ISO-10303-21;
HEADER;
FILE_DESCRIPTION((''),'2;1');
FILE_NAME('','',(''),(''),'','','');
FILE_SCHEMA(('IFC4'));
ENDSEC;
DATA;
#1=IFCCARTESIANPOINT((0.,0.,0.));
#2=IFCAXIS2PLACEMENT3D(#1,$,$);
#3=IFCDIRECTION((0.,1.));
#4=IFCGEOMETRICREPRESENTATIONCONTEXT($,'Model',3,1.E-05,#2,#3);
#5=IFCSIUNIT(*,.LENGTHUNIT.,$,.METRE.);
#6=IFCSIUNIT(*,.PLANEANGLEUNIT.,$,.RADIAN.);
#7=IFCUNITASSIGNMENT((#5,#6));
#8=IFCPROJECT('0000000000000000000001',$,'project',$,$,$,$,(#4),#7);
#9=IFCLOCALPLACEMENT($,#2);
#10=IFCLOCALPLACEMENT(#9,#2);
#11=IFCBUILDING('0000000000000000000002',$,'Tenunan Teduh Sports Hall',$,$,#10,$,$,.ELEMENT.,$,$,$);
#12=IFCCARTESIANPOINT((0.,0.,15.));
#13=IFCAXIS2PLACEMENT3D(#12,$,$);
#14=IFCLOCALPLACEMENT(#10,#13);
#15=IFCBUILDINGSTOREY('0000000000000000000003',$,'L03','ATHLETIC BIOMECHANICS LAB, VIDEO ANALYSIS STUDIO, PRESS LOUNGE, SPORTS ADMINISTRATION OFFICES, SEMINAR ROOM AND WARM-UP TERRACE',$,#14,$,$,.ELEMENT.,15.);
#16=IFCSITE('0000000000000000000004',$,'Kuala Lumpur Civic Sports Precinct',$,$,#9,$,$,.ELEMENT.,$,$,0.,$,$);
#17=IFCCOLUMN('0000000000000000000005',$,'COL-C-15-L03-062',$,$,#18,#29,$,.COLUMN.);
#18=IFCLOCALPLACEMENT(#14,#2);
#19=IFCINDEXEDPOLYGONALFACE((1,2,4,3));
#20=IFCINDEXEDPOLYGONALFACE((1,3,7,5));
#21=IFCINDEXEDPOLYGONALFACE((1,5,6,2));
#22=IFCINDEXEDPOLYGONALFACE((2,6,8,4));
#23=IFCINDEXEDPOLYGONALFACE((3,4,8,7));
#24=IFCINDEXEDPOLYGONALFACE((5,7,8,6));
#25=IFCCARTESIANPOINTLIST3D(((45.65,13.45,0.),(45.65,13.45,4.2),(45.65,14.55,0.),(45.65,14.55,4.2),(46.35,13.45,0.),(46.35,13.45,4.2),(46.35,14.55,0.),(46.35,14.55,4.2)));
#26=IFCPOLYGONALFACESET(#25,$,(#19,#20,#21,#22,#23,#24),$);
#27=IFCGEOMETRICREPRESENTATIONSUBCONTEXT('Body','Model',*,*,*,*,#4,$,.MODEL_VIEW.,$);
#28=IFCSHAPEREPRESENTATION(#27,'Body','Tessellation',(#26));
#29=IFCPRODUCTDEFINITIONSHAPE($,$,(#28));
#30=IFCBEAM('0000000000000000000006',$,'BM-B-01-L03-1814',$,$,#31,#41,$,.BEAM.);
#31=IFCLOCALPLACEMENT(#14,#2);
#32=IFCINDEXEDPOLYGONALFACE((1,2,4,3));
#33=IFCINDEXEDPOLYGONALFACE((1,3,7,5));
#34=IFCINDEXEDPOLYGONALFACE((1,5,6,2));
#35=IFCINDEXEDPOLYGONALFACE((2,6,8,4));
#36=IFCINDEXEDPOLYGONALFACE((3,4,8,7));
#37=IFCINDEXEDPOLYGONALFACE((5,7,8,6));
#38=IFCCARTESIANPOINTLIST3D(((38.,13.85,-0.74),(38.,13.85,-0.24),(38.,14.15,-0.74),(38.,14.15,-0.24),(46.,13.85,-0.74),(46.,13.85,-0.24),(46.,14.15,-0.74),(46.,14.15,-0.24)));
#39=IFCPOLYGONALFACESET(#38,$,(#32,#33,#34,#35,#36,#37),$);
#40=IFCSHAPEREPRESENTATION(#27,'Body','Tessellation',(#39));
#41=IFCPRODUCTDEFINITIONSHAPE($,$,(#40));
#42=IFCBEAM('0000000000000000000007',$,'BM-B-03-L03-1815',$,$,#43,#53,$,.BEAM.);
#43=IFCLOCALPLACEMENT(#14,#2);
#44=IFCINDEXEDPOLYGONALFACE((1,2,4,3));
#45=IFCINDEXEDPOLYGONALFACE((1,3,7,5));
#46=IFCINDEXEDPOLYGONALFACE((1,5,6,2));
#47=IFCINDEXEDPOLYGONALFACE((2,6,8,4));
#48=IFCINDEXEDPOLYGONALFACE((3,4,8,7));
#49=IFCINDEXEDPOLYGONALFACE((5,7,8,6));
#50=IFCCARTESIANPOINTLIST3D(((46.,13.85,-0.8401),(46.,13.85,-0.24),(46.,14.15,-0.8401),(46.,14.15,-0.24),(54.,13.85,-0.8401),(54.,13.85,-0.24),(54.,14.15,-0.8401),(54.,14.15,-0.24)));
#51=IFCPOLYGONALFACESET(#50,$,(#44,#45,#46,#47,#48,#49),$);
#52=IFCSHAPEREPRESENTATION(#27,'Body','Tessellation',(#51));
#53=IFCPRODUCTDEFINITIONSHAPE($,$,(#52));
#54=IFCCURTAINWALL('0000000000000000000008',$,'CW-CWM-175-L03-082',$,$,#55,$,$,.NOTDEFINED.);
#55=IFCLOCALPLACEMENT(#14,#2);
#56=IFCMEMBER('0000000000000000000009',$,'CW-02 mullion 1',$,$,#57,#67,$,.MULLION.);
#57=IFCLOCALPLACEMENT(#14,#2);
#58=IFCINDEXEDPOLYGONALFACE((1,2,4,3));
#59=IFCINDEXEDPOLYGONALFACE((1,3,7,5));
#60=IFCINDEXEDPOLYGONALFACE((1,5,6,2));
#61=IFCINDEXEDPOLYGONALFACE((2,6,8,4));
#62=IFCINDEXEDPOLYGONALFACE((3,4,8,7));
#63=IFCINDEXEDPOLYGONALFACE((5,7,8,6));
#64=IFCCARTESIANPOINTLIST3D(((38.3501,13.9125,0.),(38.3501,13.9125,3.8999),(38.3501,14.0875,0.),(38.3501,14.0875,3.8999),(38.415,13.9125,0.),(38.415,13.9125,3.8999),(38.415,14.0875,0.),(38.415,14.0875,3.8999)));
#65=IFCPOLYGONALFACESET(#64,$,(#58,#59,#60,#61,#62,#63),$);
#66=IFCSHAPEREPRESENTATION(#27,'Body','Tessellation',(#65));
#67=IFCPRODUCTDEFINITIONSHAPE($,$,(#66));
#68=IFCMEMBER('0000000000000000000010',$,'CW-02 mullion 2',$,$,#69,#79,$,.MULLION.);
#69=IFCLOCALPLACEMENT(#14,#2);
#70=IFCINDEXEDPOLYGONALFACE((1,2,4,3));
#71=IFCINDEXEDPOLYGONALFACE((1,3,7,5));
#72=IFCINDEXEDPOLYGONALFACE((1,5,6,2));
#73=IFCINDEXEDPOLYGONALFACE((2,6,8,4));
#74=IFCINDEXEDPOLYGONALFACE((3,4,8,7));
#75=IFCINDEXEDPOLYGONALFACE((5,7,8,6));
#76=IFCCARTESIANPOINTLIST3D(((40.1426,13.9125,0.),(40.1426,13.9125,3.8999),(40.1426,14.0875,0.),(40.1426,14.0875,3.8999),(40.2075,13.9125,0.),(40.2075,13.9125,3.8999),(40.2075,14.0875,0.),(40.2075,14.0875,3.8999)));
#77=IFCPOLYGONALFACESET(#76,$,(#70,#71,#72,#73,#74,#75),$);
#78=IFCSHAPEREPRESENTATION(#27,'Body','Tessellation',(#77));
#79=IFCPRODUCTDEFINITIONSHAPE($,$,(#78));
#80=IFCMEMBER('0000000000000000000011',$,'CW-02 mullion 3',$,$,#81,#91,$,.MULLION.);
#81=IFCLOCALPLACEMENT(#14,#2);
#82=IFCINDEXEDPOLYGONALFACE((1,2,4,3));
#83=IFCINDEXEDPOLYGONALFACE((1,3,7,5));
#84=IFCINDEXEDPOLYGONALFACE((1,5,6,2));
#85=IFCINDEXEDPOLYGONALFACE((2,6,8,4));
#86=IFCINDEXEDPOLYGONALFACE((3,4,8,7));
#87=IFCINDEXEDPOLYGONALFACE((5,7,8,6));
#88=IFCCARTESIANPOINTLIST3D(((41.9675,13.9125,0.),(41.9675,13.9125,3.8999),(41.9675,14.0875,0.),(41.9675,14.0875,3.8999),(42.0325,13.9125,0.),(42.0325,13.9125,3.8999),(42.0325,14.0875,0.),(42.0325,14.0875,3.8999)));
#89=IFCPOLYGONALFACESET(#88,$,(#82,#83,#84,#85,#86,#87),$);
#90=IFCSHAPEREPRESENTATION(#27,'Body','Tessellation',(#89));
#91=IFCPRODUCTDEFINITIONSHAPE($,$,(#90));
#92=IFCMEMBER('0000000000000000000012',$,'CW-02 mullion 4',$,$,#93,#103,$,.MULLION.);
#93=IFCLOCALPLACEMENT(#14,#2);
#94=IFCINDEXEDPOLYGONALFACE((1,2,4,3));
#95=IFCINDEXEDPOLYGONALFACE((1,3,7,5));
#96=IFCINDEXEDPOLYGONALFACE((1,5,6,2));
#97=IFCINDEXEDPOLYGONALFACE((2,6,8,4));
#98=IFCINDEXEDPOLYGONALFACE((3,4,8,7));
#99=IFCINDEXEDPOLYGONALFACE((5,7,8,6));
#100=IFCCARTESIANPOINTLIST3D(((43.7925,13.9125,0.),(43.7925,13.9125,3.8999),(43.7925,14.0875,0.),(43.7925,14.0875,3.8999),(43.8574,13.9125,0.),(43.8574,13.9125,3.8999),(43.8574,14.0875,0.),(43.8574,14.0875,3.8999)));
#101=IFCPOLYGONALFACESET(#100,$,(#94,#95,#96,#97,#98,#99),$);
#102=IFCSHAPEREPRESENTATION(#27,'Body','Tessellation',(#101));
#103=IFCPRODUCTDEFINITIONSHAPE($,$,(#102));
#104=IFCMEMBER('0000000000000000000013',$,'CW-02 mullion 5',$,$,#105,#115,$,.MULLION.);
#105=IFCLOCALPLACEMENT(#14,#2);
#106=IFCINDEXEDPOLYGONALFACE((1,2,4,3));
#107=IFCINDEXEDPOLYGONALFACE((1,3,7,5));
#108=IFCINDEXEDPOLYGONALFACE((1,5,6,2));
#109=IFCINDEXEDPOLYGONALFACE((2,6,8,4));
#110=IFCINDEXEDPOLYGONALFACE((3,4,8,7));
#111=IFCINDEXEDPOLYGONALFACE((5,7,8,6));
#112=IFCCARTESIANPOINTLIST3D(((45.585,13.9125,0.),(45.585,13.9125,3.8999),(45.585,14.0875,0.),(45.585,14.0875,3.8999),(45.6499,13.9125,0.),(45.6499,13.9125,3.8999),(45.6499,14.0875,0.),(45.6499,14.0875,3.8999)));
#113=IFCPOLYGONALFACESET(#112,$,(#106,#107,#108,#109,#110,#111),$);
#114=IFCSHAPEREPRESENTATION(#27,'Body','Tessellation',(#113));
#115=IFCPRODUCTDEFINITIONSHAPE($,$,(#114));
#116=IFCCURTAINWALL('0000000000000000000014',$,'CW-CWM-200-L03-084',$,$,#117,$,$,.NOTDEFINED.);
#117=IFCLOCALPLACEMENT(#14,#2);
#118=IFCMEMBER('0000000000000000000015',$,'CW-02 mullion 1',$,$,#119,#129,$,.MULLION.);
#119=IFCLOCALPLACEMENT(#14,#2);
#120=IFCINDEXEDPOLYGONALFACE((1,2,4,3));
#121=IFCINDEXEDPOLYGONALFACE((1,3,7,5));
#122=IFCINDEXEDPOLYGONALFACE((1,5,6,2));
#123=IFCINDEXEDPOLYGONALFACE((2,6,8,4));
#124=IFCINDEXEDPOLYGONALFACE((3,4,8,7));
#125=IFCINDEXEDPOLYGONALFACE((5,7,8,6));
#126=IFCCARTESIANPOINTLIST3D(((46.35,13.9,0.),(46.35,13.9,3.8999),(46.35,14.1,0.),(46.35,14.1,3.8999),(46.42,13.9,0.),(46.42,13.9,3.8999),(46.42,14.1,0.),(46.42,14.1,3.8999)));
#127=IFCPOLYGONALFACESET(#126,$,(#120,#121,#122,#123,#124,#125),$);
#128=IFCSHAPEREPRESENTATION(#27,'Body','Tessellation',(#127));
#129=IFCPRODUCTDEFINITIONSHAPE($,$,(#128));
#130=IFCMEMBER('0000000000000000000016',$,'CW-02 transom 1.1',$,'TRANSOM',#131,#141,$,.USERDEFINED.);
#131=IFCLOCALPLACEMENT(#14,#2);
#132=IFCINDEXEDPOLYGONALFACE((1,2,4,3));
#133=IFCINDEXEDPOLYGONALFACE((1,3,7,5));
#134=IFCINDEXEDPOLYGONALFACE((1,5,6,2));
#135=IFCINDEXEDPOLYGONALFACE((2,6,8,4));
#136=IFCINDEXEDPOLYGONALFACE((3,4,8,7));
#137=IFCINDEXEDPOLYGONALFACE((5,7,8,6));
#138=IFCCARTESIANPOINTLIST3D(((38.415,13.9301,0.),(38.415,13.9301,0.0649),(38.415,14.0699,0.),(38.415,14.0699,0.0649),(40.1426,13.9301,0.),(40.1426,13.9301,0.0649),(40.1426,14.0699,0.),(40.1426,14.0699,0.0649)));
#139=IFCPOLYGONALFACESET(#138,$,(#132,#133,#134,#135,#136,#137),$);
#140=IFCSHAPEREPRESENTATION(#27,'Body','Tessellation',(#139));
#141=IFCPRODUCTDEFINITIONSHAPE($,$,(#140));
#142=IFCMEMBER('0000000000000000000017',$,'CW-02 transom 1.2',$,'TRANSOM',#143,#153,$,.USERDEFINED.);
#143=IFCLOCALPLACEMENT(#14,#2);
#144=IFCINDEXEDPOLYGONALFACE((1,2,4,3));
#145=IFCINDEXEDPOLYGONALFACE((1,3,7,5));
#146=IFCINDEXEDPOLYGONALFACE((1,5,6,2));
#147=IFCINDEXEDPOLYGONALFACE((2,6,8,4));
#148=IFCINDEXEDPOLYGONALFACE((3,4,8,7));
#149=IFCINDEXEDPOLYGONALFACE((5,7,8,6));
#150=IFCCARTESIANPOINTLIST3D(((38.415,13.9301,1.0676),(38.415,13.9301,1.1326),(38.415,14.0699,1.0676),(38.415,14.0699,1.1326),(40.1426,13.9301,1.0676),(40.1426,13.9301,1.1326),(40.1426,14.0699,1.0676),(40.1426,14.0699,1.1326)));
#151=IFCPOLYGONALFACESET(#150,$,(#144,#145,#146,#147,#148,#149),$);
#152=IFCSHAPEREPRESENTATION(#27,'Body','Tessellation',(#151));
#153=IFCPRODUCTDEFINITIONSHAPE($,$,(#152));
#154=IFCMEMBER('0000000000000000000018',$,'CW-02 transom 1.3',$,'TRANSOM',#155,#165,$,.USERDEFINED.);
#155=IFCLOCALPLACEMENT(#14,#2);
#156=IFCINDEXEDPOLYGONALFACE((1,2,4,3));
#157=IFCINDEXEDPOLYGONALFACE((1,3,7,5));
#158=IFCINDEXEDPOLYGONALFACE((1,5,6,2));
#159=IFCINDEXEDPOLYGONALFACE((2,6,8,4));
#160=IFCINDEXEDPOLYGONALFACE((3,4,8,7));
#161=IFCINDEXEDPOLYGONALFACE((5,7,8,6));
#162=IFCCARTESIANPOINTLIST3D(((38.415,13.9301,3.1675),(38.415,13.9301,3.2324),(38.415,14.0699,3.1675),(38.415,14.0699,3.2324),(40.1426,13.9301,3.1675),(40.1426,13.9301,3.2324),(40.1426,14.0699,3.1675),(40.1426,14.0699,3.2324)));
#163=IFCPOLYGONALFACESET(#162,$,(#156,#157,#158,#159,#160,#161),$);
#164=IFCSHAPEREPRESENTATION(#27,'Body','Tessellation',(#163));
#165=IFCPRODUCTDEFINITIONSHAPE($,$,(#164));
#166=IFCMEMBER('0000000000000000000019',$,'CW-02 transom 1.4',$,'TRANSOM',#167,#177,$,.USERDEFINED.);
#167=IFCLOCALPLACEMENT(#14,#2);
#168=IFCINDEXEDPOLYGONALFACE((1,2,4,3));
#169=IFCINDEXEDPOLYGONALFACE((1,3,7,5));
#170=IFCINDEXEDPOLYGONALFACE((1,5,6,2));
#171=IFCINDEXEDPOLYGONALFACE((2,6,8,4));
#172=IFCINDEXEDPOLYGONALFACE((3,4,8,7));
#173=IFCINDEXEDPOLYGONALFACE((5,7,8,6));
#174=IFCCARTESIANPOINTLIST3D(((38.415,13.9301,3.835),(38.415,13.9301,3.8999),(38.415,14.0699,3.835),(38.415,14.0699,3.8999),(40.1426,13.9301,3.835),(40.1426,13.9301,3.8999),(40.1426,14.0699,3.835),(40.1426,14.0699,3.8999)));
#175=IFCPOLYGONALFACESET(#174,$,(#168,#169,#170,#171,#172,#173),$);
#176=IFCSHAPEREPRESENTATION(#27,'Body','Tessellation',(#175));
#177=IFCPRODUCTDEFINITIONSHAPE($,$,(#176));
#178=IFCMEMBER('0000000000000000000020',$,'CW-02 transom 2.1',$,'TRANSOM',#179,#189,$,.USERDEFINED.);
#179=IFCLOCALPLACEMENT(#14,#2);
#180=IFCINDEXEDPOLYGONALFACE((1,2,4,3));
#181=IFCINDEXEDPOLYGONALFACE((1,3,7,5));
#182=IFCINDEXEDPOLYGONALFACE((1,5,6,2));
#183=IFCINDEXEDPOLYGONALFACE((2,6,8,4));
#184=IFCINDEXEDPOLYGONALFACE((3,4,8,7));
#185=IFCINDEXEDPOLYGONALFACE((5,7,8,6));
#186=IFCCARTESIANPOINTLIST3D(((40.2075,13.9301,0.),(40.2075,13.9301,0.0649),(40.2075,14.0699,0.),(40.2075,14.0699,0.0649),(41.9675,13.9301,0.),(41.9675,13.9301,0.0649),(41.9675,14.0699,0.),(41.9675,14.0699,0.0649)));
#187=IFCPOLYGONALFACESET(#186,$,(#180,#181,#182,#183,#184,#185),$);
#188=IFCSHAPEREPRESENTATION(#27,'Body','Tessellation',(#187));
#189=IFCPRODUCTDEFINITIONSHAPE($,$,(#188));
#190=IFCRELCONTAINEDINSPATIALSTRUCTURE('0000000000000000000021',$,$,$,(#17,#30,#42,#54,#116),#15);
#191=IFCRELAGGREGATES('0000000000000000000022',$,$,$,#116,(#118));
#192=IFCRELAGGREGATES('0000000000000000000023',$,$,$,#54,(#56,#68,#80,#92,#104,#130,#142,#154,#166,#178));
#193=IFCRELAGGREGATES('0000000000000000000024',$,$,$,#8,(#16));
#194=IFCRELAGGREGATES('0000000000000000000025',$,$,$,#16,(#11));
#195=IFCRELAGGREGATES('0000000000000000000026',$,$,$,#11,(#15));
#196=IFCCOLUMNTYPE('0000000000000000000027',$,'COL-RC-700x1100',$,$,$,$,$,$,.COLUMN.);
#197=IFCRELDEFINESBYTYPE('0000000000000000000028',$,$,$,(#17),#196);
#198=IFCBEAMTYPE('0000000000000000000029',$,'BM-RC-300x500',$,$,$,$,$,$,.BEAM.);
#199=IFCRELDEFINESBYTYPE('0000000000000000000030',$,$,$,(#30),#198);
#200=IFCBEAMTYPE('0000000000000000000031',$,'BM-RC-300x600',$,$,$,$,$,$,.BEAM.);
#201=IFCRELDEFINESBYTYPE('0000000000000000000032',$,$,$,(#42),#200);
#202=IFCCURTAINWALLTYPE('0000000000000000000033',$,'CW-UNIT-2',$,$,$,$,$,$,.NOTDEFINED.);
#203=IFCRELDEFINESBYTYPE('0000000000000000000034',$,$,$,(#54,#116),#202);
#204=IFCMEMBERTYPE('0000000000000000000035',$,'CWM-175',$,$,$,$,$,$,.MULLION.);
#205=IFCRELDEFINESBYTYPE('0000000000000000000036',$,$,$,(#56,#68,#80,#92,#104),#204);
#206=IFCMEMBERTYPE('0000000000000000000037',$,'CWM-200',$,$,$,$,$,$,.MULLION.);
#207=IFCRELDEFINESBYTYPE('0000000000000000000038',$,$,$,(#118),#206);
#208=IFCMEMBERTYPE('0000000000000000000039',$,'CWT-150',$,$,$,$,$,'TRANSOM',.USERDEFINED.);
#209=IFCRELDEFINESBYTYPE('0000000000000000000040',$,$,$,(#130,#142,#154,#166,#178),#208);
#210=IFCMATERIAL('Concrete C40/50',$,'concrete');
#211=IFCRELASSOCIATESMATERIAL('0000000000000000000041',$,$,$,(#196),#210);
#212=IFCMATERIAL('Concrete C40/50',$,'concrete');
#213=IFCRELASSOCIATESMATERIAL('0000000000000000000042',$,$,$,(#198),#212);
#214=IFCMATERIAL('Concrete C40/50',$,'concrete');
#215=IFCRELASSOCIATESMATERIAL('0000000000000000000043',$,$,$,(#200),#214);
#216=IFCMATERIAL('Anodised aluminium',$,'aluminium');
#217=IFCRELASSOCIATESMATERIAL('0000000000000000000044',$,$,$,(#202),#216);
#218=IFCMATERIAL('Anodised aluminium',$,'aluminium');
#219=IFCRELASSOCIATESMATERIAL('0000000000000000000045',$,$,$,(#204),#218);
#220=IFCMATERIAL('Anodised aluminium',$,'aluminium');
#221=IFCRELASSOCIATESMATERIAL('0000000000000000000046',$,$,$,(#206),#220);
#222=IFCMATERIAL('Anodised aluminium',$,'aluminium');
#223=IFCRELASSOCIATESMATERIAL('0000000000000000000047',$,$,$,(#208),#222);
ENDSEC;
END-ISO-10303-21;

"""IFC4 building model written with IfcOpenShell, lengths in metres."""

from ifc_helpers import new_model, si_unit, direction, frame, origin, origin_2d, place, context, subcontext, project, spatial, rectangle, extrude, material, material_profile, profile_set, type_object, element, aggregate, save


model = new_model("IFC4")

# Units and contexts
model_context = context("Model", 3, precision=1e-05, world=origin(), true_north=direction((0.0, 1.0)))
body_context = subcontext(model_context, "Body", "Model", "MODEL_VIEW")
ifc_project = project(units=[si_unit("LENGTHUNIT", "METRE"), si_unit("PLANEANGLEUNIT", "RADIAN")], contexts=[model_context])

# Site, building, storey
site_placement = place(None, origin())
site = spatial("IfcSite", under=ifc_project, at=site_placement, Name="Kuala Lumpur Civic Sports Precinct", CompositionType="ELEMENT", RefElevation=0.0)
building_placement = place(site_placement, origin())
building = spatial("IfcBuilding", under=site, at=building_placement, Name="Tenunan Teduh Sports Hall", CompositionType="ELEMENT")
storey_placement = place(building_placement, frame((0.0, 0.0, 15.0)))
storey = spatial("IfcBuildingStorey", under=building, at=storey_placement, Name="L03", Description="ATHLETIC BIOMECHANICS LAB, VIDEO ANALYSIS STUDIO, PRESS LOUNGE, SPORTS ADMINISTRATION OFFICES, SEMINAR ROOM AND WARM-UP TERRACE", CompositionType="ELEMENT", Elevation=15.0)

# Column
ifc_material_1 = material(Name="Concrete C40/50", Category="concrete")
ifc_material_profile_1 = material_profile(ifc_material_1, rectangle(XDim=0.7, YDim=1.1001, at=origin_2d()), Name="RC 700x1100")
ifc_profile_set_1 = profile_set([ifc_material_profile_1], Name="Concrete C40/50")
column_type = type_object("IfcColumnType", Name="COL-RC-700x1100", PredefinedType="COLUMN", material=ifc_profile_set_1)
column_placement = place(storey_placement, frame((46.0, 14.0, 0.0), z_axis=(0.0, 0.0, 1.0), x_axis=(1.0, 0.0, 0.0)))
element("IfcColumn", 1, at=column_placement, inside=storey, type_object=column_type, Name="COL-C-15-L03-062", PredefinedType="COLUMN", context=body_context, shape_type="SweptSolid", body=[
    extrude(rectangle(XDim=0.7, YDim=1.1001, at=origin_2d()), origin(), (0.0, 0.0, 1.0), 4.2),
])

# Beams
ifc_material_2 = material(Name="Concrete C40/50", Category="concrete")
ifc_material_profile_2 = material_profile(ifc_material_2, rectangle(XDim=0.3, YDim=0.5, at=origin_2d()), Name="RCB 300x500")
ifc_profile_set_2 = profile_set([ifc_material_profile_2], Name="Concrete C40/50")
beam_type_1 = type_object("IfcBeamType", Name="BM-RC-300x500", PredefinedType="BEAM", material=ifc_profile_set_2)
beam_1_placement = place(storey_placement, frame((38.0, 14.0, -0.49), z_axis=(1.0, 0.0, 0.0), x_axis=(0.0, 1.0, 0.0)))
element("IfcBeam", 2, at=beam_1_placement, inside=storey, type_object=beam_type_1, Name="BM-B-01-L03-1814", PredefinedType="BEAM", context=body_context, shape_type="SweptSolid", body=[
    extrude(rectangle(XDim=0.3, YDim=0.5, at=origin_2d()), origin(), (0.0, 0.0, 1.0), 8.0),
])
ifc_material_3 = material(Name="Concrete C40/50", Category="concrete")
ifc_material_profile_3 = material_profile(ifc_material_3, rectangle(XDim=0.3, YDim=0.6001, at=origin_2d()), Name="RCB 300x600")
ifc_profile_set_3 = profile_set([ifc_material_profile_3], Name="Concrete C40/50")
beam_type_2 = type_object("IfcBeamType", Name="BM-RC-300x600", PredefinedType="BEAM", material=ifc_profile_set_3)
beam_2_placement = place(storey_placement, frame((46.0, 14.0, -0.54), z_axis=(1.0, 0.0, 0.0), x_axis=(0.0, 1.0, 0.0)))
element("IfcBeam", 3, at=beam_2_placement, inside=storey, type_object=beam_type_2, Name="BM-B-03-L03-1815", PredefinedType="BEAM", context=body_context, shape_type="SweptSolid", body=[
    extrude(rectangle(XDim=0.3, YDim=0.6001, at=origin_2d()), origin(), (0.0, 0.0, 1.0), 8.0),
])

# Curtain wall, members
ifc_material_4 = material(Name="Anodised aluminium", Category="aluminium")
curtain_wall_type = type_object("IfcCurtainWallType", Name="CW-UNIT-2", PredefinedType="NOTDEFINED", material=ifc_material_4)
curtain_wall_1_placement = place(storey_placement, origin())
curtain_wall_1 = element("IfcCurtainWall", 4, at=curtain_wall_1_placement, inside=storey, type_object=curtain_wall_type, Name="CW-CWM-175-L03-082", PredefinedType="NOTDEFINED")
ifc_material_5 = material(Name="Anodised aluminium", Category="aluminium")
ifc_material_profile_4 = material_profile(ifc_material_5, rectangle(XDim=0.0649, YDim=0.175, at=origin_2d()), Name="CWM 65x175")
ifc_profile_set_4 = profile_set([ifc_material_profile_4], Name="Anodised aluminium")
member_type_1 = type_object("IfcMemberType", Name="CWM-175", PredefinedType="MULLION", material=ifc_profile_set_4)
member_1_placement = place(storey_placement, frame((38.3826, 14.0, 0.0), z_axis=(0.0, 0.0, 1.0), x_axis=(1.0, 0.0, 0.0)))
member_1 = element("IfcMember", 5, at=member_1_placement, type_object=member_type_1, Name="CW-02 mullion 1", PredefinedType="MULLION", context=body_context, shape_type="SweptSolid", body=[
    extrude(rectangle(XDim=0.0649, YDim=0.175, at=origin_2d()), origin(), (0.0, 0.0, 1.0), 3.8999),
])
member_2_placement = place(storey_placement, frame((40.175, 14.0, 0.0), z_axis=(0.0, 0.0, 1.0), x_axis=(1.0, 0.0, 0.0)))
member_2 = element("IfcMember", 6, at=member_2_placement, type_object=member_type_1, Name="CW-02 mullion 2", PredefinedType="MULLION", context=body_context, shape_type="SweptSolid", body=[
    extrude(rectangle(XDim=0.0649, YDim=0.175, at=origin_2d()), origin(), (0.0, 0.0, 1.0), 3.8999),
])
member_3_placement = place(storey_placement, frame((42.0, 14.0, 0.0), z_axis=(0.0, 0.0, 1.0), x_axis=(1.0, 0.0, 0.0)))
member_3 = element("IfcMember", 7, at=member_3_placement, type_object=member_type_1, Name="CW-02 mullion 3", PredefinedType="MULLION", context=body_context, shape_type="SweptSolid", body=[
    extrude(rectangle(XDim=0.0649, YDim=0.175, at=origin_2d()), origin(), (0.0, 0.0, 1.0), 3.8999),
])
member_4_placement = place(storey_placement, frame((43.825, 14.0, 0.0), z_axis=(0.0, 0.0, 1.0), x_axis=(1.0, 0.0, 0.0)))
member_4 = element("IfcMember", 8, at=member_4_placement, type_object=member_type_1, Name="CW-02 mullion 4", PredefinedType="MULLION", context=body_context, shape_type="SweptSolid", body=[
    extrude(rectangle(XDim=0.0649, YDim=0.175, at=origin_2d()), origin(), (0.0, 0.0, 1.0), 3.8999),
])
member_5_placement = place(storey_placement, frame((45.6174, 14.0, 0.0), z_axis=(0.0, 0.0, 1.0), x_axis=(1.0, 0.0, 0.0)))
member_5 = element("IfcMember", 9, at=member_5_placement, type_object=member_type_1, Name="CW-02 mullion 5", PredefinedType="MULLION", context=body_context, shape_type="SweptSolid", body=[
    extrude(rectangle(XDim=0.0649, YDim=0.175, at=origin_2d()), origin(), (0.0, 0.0, 1.0), 3.8999),
])

# Curtain wall, member
curtain_wall_2_placement = place(storey_placement, origin())
curtain_wall_2 = element("IfcCurtainWall", 10, at=curtain_wall_2_placement, inside=storey, type_object=curtain_wall_type, Name="CW-CWM-200-L03-084", PredefinedType="NOTDEFINED")
ifc_material_6 = material(Name="Anodised aluminium", Category="aluminium")
ifc_material_profile_5 = material_profile(ifc_material_6, rectangle(XDim=0.0701, YDim=0.2, at=origin_2d()), Name="CWM 70x200")
ifc_profile_set_5 = profile_set([ifc_material_profile_5], Name="Anodised aluminium")
member_type_2 = type_object("IfcMemberType", Name="CWM-200", PredefinedType="MULLION", material=ifc_profile_set_5)
member_6_placement = place(storey_placement, frame((46.385, 14.0, 0.0), z_axis=(0.0, 0.0, 1.0), x_axis=(1.0, 0.0, 0.0)))
member_6 = element("IfcMember", 11, at=member_6_placement, type_object=member_type_2, Name="CW-02 mullion 1", PredefinedType="MULLION", context=body_context, shape_type="SweptSolid", body=[
    extrude(rectangle(XDim=0.0701, YDim=0.2, at=origin_2d()), origin(), (0.0, 0.0, 1.0), 3.8999),
])

# Members
ifc_material_7 = material(Name="Anodised aluminium", Category="aluminium")
ifc_material_profile_6 = material_profile(ifc_material_7, rectangle(XDim=0.0649, YDim=0.1399, at=origin_2d()), Name="CWT 65x140")
ifc_profile_set_6 = profile_set([ifc_material_profile_6], Name="Anodised aluminium")
member_type_3 = type_object("IfcMemberType", Name="CWT-150", ElementType="TRANSOM", PredefinedType="USERDEFINED", material=ifc_profile_set_6)
member_7_placement = place(storey_placement, frame((38.415, 14.0, 0.0325), z_axis=(1.0, 0.0, 0.0), x_axis=(0.0, 0.0, 1.0)))
member_7 = element("IfcMember", 12, at=member_7_placement, type_object=member_type_3, Name="CW-02 transom 1.1", ObjectType="TRANSOM", PredefinedType="USERDEFINED", context=body_context, shape_type="SweptSolid", body=[
    extrude(rectangle(XDim=0.0649, YDim=0.1399, at=origin_2d()), origin(), (0.0, 0.0, 1.0), 1.7275),
])
member_8_placement = place(storey_placement, frame((38.415, 14.0, 1.1001), z_axis=(1.0, 0.0, 0.0), x_axis=(0.0, 0.0, 1.0)))
member_8 = element("IfcMember", 13, at=member_8_placement, type_object=member_type_3, Name="CW-02 transom 1.2", ObjectType="TRANSOM", PredefinedType="USERDEFINED", context=body_context, shape_type="SweptSolid", body=[
    extrude(rectangle(XDim=0.0649, YDim=0.1399, at=origin_2d()), origin(), (0.0, 0.0, 1.0), 1.7275),
])
member_9_placement = place(storey_placement, frame((38.415, 14.0, 3.2), z_axis=(1.0, 0.0, 0.0), x_axis=(0.0, 0.0, 1.0)))
member_9 = element("IfcMember", 14, at=member_9_placement, type_object=member_type_3, Name="CW-02 transom 1.3", ObjectType="TRANSOM", PredefinedType="USERDEFINED", context=body_context, shape_type="SweptSolid", body=[
    extrude(rectangle(XDim=0.0649, YDim=0.1399, at=origin_2d()), origin(), (0.0, 0.0, 1.0), 1.7275),
])
member_10_placement = place(storey_placement, frame((38.415, 14.0, 3.8674), z_axis=(1.0, 0.0, 0.0), x_axis=(0.0, 0.0, 1.0)))
member_10 = element("IfcMember", 15, at=member_10_placement, type_object=member_type_3, Name="CW-02 transom 1.4", ObjectType="TRANSOM", PredefinedType="USERDEFINED", context=body_context, shape_type="SweptSolid", body=[
    extrude(rectangle(XDim=0.0649, YDim=0.1399, at=origin_2d()), origin(), (0.0, 0.0, 1.0), 1.7275),
])
member_11_placement = place(storey_placement, frame((40.2075, 14.0, 0.0325), z_axis=(1.0, 0.0, 0.0), x_axis=(0.0, 0.0, 1.0)))
member_11 = element("IfcMember", 16, at=member_11_placement, type_object=member_type_3, Name="CW-02 transom 2.1", ObjectType="TRANSOM", PredefinedType="USERDEFINED", context=body_context, shape_type="SweptSolid", body=[
    extrude(rectangle(XDim=0.0649, YDim=0.1399, at=origin_2d()), origin(), (0.0, 0.0, 1.0), 1.76),
])
aggregate(curtain_wall_2, [member_6])

aggregate(curtain_wall_1, [member_1, member_2, member_3, member_4, member_5, member_7, member_8, member_9, member_10, member_11])

save(model, "model.ifc")
